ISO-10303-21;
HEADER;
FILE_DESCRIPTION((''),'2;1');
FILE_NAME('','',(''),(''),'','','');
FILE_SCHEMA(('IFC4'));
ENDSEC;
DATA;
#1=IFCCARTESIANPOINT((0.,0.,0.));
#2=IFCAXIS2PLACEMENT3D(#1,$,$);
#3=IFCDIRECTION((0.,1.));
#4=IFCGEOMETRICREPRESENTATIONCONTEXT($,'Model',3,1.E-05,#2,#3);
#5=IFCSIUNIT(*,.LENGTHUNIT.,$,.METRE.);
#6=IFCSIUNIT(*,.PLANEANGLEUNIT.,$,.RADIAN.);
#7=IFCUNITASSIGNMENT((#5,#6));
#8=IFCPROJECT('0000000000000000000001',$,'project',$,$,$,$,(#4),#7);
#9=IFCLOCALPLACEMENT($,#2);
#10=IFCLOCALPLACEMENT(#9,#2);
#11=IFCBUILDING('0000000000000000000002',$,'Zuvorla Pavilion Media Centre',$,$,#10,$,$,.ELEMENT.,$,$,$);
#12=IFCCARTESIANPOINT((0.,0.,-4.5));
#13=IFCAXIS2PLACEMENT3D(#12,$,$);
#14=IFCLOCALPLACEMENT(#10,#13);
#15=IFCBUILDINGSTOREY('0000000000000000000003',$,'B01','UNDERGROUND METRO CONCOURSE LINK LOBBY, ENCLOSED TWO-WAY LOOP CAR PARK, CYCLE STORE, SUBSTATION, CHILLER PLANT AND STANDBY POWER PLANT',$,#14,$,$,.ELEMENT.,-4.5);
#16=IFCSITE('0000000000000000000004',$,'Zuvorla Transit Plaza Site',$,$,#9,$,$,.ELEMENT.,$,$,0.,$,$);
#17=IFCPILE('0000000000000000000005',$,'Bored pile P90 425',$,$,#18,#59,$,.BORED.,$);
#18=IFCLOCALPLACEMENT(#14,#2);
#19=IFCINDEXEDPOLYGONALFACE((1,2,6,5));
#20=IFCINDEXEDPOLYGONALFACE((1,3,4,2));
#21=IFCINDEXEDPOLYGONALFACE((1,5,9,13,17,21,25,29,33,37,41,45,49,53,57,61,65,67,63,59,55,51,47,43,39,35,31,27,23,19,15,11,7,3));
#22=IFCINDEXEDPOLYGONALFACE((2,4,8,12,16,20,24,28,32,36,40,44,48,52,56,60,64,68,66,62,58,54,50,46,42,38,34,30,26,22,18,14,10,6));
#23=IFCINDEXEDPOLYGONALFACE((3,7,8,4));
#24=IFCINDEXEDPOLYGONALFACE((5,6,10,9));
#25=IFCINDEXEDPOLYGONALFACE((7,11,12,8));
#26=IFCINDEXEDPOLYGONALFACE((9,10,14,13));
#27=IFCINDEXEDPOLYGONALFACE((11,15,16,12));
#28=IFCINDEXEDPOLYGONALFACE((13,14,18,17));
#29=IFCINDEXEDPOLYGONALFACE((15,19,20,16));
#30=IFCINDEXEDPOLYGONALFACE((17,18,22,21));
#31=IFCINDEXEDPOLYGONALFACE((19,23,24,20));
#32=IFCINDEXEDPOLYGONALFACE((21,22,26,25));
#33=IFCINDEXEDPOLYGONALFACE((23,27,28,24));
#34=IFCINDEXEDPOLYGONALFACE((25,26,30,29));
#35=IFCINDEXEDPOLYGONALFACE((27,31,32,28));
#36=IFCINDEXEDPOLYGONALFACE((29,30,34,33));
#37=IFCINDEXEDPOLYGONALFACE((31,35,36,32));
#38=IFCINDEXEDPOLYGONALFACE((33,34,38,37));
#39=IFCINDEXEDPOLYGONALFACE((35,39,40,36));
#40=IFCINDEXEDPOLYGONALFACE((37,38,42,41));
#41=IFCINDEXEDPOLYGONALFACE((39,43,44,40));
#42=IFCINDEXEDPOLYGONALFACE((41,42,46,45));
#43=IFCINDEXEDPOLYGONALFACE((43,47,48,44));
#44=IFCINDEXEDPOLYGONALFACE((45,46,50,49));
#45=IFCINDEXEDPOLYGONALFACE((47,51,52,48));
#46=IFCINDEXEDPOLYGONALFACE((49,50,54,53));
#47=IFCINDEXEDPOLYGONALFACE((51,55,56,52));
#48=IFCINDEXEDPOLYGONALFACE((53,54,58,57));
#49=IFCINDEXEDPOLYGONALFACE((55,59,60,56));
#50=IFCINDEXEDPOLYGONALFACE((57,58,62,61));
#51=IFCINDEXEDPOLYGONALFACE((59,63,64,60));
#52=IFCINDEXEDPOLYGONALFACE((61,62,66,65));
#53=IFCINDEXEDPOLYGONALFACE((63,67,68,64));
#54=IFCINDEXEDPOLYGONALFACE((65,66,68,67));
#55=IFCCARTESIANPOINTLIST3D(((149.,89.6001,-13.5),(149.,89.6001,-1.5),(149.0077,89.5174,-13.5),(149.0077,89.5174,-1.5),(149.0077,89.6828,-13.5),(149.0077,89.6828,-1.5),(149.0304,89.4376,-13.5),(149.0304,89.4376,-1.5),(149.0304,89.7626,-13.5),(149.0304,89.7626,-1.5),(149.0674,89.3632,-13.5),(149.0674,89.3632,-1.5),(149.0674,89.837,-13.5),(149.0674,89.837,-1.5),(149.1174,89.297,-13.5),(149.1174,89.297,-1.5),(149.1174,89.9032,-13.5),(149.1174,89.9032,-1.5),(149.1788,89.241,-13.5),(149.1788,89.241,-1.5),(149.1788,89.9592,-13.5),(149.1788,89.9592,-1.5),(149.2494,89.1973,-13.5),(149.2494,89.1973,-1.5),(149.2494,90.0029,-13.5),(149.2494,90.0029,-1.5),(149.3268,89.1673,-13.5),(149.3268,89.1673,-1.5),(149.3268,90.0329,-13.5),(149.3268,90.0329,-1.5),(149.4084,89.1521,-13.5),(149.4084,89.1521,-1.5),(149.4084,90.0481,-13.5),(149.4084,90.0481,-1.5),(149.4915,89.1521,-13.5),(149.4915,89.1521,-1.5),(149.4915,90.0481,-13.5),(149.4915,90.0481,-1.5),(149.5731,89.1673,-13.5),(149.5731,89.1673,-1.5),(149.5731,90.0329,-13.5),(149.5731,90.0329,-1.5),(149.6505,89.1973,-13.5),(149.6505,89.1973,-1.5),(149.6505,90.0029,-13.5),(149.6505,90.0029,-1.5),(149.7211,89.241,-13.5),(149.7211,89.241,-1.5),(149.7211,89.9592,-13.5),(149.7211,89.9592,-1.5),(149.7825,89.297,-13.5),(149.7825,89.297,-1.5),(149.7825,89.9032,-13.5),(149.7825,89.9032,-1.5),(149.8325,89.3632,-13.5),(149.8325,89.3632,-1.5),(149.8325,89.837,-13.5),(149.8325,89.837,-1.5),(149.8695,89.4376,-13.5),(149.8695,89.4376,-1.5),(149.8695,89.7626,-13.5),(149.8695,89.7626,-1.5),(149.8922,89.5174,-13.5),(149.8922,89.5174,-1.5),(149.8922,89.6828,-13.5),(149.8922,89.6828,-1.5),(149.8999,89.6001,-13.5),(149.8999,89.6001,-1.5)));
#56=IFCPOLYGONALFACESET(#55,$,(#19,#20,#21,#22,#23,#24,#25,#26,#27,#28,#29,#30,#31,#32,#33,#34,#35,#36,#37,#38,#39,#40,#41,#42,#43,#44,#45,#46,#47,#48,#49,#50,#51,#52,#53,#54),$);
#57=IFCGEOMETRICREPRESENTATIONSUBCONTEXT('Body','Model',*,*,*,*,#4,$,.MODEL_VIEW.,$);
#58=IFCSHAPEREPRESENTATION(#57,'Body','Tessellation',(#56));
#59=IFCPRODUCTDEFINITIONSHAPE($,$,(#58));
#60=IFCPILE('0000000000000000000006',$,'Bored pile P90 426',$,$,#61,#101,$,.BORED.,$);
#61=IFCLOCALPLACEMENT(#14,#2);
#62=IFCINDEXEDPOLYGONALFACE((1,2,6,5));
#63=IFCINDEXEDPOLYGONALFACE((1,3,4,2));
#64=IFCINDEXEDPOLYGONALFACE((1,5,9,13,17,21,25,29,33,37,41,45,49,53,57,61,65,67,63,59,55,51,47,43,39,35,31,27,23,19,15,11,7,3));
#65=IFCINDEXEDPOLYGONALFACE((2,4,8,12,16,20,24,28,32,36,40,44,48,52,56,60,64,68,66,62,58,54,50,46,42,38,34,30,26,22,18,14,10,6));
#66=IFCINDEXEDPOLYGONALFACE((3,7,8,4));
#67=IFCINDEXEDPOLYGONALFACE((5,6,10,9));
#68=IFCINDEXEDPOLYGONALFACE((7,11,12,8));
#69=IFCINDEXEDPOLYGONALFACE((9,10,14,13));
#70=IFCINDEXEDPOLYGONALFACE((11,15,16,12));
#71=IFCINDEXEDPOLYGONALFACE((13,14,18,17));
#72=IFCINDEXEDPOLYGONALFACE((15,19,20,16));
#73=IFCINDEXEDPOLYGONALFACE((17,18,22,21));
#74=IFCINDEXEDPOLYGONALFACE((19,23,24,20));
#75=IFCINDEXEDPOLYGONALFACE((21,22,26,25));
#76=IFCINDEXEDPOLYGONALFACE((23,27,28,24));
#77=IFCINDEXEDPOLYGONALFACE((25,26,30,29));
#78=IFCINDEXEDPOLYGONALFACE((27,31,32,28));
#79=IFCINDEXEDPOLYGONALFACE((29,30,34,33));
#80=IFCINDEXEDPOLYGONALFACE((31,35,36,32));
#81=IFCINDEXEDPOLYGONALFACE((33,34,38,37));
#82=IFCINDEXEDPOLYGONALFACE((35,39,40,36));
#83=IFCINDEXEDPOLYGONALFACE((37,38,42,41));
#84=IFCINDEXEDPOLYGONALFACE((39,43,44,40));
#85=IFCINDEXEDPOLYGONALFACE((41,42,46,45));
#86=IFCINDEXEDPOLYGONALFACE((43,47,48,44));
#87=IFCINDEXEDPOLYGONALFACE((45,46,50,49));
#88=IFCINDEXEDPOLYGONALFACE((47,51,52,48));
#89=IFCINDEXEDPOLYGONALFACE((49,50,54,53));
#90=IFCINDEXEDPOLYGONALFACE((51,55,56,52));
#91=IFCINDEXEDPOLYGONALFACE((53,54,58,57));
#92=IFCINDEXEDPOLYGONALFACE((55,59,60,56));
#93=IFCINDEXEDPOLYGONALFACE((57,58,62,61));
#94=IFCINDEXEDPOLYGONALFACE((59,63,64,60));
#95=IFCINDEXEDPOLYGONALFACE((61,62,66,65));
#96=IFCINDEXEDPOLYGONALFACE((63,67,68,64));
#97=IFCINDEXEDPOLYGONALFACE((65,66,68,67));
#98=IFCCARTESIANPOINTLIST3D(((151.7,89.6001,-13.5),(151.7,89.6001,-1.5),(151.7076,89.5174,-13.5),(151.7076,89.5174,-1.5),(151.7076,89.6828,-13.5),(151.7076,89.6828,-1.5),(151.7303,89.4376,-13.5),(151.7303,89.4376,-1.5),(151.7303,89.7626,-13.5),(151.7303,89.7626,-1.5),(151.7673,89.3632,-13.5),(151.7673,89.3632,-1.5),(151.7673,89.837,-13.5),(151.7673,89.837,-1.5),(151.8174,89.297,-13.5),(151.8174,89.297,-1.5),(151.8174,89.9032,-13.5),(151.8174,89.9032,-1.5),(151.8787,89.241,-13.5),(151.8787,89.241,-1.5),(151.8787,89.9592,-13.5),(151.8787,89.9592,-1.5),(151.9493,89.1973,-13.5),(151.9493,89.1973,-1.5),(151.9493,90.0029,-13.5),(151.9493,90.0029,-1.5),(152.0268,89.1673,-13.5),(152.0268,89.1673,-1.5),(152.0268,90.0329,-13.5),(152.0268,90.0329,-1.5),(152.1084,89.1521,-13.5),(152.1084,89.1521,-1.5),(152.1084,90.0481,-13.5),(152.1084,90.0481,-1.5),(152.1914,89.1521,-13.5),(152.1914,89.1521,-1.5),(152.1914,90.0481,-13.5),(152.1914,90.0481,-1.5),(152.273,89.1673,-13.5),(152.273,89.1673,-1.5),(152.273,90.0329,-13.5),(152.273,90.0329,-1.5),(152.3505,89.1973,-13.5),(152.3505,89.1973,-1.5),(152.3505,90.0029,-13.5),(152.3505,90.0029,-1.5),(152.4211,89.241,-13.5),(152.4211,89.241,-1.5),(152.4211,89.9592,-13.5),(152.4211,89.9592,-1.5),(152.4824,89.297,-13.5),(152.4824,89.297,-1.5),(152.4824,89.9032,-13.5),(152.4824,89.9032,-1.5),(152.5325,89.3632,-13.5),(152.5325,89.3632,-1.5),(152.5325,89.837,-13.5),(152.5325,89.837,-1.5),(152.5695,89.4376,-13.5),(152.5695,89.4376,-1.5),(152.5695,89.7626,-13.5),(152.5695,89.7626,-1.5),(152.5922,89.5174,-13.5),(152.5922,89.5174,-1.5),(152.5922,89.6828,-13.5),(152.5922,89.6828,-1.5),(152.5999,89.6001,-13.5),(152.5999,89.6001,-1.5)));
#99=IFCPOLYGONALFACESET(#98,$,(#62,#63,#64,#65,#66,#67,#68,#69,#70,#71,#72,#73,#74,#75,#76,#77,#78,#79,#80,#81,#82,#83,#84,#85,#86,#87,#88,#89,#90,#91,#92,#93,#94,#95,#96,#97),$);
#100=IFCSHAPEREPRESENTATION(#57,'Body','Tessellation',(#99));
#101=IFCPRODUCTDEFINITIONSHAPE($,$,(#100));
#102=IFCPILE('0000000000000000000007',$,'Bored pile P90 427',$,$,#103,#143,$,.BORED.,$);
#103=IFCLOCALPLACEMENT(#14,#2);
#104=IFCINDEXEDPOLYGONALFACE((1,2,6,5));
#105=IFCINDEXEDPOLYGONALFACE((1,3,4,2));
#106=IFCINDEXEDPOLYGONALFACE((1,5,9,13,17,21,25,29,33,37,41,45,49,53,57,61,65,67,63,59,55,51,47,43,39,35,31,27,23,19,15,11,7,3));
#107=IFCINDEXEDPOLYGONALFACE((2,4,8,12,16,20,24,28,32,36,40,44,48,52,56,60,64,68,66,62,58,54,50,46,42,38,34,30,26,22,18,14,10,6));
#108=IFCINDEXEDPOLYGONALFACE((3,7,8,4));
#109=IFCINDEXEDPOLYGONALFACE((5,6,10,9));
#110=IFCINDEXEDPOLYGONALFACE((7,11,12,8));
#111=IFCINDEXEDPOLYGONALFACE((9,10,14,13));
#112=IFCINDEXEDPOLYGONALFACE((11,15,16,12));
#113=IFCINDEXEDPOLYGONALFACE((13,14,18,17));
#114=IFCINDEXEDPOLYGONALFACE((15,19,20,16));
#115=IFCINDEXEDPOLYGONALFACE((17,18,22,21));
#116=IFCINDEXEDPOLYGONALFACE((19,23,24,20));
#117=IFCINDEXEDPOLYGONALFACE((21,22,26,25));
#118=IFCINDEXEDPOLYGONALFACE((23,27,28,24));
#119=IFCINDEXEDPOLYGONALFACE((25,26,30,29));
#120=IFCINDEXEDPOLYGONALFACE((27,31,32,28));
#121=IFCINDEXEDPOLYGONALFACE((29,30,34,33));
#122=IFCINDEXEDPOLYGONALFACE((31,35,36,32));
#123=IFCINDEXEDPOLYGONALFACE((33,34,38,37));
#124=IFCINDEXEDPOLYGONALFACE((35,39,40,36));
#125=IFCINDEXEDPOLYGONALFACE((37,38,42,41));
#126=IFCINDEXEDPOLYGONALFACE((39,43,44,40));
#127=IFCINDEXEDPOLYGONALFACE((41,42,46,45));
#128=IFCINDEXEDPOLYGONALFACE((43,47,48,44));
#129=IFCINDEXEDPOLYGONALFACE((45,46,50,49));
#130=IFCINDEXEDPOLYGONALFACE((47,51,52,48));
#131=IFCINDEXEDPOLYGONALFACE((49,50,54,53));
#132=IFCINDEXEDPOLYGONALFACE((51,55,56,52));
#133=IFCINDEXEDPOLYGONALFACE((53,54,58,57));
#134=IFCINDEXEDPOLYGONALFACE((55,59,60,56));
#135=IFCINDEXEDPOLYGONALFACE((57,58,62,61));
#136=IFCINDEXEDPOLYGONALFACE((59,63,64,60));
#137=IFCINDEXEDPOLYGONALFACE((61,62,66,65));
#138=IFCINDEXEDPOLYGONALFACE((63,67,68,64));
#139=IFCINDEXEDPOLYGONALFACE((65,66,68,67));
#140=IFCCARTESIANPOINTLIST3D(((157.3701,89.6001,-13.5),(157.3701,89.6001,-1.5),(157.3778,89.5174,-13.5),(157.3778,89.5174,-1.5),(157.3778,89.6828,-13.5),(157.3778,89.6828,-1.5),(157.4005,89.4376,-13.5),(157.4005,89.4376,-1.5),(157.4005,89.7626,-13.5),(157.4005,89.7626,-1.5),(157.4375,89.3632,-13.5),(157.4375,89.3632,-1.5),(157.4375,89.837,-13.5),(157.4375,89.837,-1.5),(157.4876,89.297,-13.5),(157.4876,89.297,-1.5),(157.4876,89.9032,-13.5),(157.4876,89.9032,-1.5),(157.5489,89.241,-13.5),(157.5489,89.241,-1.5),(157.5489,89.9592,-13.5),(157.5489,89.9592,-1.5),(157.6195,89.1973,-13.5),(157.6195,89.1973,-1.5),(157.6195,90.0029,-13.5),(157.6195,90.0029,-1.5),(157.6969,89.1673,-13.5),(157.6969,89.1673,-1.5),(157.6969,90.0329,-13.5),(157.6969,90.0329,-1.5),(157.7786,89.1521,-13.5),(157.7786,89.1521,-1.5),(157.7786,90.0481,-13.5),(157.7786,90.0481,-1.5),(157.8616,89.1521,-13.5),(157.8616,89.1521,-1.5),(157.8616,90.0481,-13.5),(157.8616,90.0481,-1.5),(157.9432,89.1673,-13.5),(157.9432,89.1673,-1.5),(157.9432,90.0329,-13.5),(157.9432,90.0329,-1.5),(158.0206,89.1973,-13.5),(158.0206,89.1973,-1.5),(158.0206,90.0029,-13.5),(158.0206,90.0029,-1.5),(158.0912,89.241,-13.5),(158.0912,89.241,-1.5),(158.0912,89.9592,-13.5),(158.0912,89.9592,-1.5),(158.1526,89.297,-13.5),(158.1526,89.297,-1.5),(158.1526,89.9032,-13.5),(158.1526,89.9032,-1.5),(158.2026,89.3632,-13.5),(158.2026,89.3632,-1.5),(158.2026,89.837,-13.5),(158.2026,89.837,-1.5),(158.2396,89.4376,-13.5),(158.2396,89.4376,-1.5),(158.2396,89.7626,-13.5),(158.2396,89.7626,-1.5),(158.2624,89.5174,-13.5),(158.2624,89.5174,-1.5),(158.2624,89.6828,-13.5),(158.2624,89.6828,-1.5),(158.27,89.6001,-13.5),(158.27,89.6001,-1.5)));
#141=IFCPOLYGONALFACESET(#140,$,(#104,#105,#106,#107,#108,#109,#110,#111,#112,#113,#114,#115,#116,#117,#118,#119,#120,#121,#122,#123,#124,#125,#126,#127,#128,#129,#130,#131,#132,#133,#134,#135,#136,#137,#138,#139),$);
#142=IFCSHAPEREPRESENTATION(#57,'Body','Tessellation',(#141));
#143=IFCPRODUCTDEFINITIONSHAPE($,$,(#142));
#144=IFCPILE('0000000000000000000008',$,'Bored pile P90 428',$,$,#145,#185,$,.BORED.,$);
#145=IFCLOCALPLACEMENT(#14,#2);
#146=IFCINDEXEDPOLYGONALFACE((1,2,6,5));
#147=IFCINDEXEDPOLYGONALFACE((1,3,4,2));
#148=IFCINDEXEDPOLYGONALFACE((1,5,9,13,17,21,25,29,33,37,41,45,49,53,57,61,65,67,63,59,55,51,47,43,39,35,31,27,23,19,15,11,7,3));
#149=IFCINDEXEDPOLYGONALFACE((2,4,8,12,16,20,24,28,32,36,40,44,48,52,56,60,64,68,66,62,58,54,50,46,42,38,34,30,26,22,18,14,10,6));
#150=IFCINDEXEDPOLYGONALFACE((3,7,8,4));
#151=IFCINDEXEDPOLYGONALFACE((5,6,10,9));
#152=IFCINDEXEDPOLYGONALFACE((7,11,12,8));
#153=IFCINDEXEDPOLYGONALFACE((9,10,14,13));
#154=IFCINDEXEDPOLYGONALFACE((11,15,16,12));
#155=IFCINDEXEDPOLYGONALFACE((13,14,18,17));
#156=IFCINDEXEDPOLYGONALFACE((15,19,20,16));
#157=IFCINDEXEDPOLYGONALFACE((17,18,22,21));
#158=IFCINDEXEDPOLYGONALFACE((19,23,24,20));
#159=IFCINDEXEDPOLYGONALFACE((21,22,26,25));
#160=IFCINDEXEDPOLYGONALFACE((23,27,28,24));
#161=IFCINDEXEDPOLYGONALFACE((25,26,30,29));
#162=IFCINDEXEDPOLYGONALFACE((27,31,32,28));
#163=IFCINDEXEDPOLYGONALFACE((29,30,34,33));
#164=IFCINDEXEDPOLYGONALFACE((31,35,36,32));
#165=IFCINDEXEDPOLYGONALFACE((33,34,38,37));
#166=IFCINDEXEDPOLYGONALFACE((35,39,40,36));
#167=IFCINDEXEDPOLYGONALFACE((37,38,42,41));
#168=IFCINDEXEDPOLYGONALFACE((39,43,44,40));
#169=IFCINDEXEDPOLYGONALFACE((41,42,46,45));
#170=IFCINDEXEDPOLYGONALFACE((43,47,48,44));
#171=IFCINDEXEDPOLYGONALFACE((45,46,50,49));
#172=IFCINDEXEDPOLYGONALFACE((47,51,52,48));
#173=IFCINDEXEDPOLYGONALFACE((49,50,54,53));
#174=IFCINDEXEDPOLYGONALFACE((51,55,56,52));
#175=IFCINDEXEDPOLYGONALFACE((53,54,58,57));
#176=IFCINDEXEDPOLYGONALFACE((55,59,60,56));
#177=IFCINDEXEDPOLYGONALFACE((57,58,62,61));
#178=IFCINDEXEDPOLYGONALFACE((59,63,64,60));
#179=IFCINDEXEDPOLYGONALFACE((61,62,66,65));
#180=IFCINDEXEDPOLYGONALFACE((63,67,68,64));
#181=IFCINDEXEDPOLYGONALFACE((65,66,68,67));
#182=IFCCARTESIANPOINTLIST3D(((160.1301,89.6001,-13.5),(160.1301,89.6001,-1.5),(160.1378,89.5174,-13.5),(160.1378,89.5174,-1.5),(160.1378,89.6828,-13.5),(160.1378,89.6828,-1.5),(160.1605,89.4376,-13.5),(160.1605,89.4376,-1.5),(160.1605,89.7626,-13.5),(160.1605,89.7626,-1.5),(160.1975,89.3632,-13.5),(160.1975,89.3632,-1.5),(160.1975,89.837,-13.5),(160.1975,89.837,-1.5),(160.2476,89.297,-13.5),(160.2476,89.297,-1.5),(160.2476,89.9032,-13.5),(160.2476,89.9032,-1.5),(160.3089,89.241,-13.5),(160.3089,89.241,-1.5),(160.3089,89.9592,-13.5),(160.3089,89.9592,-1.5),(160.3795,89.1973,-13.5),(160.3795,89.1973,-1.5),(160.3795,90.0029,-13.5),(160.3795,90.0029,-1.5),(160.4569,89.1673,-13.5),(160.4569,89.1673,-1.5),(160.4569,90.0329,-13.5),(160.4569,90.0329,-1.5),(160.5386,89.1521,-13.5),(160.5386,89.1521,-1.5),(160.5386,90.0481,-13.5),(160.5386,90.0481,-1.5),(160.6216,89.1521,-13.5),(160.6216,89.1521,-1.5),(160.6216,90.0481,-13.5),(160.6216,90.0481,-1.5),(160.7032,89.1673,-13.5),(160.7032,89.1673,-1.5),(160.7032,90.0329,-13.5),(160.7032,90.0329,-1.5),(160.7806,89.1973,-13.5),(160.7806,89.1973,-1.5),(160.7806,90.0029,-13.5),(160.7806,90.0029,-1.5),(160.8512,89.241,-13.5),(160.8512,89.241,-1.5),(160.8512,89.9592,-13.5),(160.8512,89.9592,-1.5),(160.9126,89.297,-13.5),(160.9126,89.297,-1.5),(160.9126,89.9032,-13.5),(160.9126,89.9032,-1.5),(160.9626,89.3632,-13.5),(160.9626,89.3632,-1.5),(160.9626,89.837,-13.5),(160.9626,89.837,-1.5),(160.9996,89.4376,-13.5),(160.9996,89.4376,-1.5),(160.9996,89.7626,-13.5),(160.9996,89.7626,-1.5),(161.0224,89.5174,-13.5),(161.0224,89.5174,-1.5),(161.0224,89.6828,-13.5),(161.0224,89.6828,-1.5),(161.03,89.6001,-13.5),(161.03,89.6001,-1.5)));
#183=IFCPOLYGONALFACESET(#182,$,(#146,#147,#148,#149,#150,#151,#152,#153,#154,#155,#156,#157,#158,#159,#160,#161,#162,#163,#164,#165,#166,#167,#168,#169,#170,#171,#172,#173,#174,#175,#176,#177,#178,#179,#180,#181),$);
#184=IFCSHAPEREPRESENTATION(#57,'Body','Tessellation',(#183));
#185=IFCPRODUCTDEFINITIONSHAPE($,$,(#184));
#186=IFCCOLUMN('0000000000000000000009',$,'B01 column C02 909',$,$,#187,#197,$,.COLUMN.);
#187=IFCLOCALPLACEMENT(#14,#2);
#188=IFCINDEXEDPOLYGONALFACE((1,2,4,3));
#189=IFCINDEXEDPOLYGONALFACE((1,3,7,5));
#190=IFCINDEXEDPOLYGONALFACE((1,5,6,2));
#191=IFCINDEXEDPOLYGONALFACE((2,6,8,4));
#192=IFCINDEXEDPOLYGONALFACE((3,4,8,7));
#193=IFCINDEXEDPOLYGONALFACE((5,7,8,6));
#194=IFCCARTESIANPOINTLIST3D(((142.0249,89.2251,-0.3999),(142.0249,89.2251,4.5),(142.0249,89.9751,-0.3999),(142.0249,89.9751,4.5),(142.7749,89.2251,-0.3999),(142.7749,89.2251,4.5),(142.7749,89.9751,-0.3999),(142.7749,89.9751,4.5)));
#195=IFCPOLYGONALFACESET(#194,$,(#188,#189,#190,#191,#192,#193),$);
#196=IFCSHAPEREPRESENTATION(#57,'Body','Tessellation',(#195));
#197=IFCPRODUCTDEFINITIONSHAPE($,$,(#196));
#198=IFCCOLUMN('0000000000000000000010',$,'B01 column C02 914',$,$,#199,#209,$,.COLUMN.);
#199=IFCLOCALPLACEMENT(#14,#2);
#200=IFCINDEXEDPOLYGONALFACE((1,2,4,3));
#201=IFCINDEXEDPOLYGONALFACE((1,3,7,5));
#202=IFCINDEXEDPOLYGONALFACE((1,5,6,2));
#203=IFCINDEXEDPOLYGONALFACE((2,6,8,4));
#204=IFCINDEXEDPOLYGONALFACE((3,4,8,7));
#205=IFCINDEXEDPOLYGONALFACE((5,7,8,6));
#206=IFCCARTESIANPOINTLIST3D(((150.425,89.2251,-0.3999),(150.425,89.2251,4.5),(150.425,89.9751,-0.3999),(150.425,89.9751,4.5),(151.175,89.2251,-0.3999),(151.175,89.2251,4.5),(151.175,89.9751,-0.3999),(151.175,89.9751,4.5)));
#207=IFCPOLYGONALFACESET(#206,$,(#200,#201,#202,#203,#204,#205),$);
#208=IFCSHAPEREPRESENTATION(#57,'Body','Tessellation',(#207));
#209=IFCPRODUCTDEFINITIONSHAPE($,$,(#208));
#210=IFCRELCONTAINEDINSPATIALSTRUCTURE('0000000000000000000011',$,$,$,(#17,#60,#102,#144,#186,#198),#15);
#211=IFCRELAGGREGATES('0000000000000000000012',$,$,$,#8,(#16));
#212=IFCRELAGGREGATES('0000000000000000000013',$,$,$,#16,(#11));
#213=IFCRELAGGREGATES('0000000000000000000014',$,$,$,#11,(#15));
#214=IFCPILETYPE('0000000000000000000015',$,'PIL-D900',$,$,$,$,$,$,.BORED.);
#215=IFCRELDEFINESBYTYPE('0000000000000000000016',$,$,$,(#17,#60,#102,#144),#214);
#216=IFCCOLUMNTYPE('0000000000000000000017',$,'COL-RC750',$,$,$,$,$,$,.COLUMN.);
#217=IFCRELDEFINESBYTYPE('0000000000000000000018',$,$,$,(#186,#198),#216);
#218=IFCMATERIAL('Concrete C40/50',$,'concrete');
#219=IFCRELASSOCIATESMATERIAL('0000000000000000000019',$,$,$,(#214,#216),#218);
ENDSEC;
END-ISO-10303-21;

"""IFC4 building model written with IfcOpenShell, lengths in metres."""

from ifc_helpers import new_model, si_unit, direction, frame, origin, origin_2d, place, context, subcontext, project, spatial, rectangle, circle, extrude, material, material_profile, profile_set, type_object, element, save


model = new_model("IFC4")

# Units and contexts
model_context = context("Model", 3, precision=1e-05, world=origin(), true_north=direction((0.0, 1.0)))
body_context = subcontext(model_context, "Body", "Model", "MODEL_VIEW")
ifc_project = project(units=[si_unit("LENGTHUNIT", "METRE"), si_unit("PLANEANGLEUNIT", "RADIAN")], contexts=[model_context])

# Site, building, storey
site_placement = place(None, origin())
site = spatial("IfcSite", under=ifc_project, at=site_placement, Name="Zuvorla Transit Plaza Site", CompositionType="ELEMENT", RefElevation=0.0)
building_placement = place(site_placement, origin())
building = spatial("IfcBuilding", under=site, at=building_placement, Name="Zuvorla Pavilion Media Centre", CompositionType="ELEMENT")
storey_placement = place(building_placement, frame((0.0, 0.0, -4.5)))
storey = spatial("IfcBuildingStorey", under=building, at=storey_placement, Name="B01", Description="UNDERGROUND METRO CONCOURSE LINK LOBBY, ENCLOSED TWO-WAY LOOP CAR PARK, CYCLE STORE, SUBSTATION, CHILLER PLANT AND STANDBY POWER PLANT", CompositionType="ELEMENT", Elevation=-4.5)

# Shared definitions
ifc_material = material(Name="Concrete C40/50", Category="concrete")

# Piles
ifc_material_profile_1 = material_profile(ifc_material, circle(Radius=0.45, at=origin_2d()), Name="BORED PILE 900")
ifc_profile_set_1 = profile_set([ifc_material_profile_1], Name="Concrete C40/50")
pile_type_1 = type_object("IfcPileType", Name="PIL-D900", PredefinedType="BORED", material=ifc_profile_set_1)
for number, where, z_axis, x_axis, name in (
    (1, (149.45, 89.6001, -1.5), (0.0, 0.0, -1.0), (1.0, 0.0, 0.0), "Bored pile P90 425"),
    (2, (152.1499, 89.6001, -1.5), (0.0, 0.0, -1.0), (1.0, 0.0, 0.0), "Bored pile P90 426"),
    (3, (157.8201, 89.6001, -1.5), (0.0, 0.0, -1.0), (1.0, 0.0, 0.0), "Bored pile P90 427"),
    (4, (160.5801, 89.6001, -1.5), (0.0, 0.0, -1.0), (1.0, 0.0, 0.0), "Bored pile P90 428"),
):
    element("IfcPile", number, at=place(storey_placement, frame(where, z_axis=z_axis, x_axis=x_axis)), inside=storey, type_object=pile_type_1, Name=name, PredefinedType="BORED", context=body_context, shape_type="SweptSolid", body=[
        extrude(circle(Radius=0.45, at=origin_2d()), origin(), (0.0, 0.0, 1.0), 12.0),
    ])

# Columns
ifc_material_profile_2 = material_profile(ifc_material, rectangle(XDim=0.75, YDim=0.75, at=origin_2d()), Name="RC 750x750")
ifc_profile_set_2 = profile_set([ifc_material_profile_2], Name="Concrete C40/50")
column_type = type_object("IfcColumnType", Name="COL-RC750", PredefinedType="COLUMN", material=ifc_profile_set_2)
for number, where, z_axis, x_axis, name in (
    (5, (142.3999, 89.6001, -0.3999), (0.0, 0.0, 1.0), (1.0, 0.0, 0.0), "B01 column C02 909"),
    (6, (150.8, 89.6001, -0.3999), (0.0, 0.0, 1.0), (1.0, 0.0, 0.0), "B01 column C02 914"),
):
    element("IfcColumn", number, at=place(storey_placement, frame(where, z_axis=z_axis, x_axis=x_axis)), inside=storey, type_object=column_type, Name=name, PredefinedType="COLUMN", context=body_context, shape_type="SweptSolid", body=[
        extrude(rectangle(XDim=0.75, YDim=0.75, at=origin_2d()), origin(), (0.0, 0.0, 1.0), 4.8999),
    ])

save(model, "model.ifc")
